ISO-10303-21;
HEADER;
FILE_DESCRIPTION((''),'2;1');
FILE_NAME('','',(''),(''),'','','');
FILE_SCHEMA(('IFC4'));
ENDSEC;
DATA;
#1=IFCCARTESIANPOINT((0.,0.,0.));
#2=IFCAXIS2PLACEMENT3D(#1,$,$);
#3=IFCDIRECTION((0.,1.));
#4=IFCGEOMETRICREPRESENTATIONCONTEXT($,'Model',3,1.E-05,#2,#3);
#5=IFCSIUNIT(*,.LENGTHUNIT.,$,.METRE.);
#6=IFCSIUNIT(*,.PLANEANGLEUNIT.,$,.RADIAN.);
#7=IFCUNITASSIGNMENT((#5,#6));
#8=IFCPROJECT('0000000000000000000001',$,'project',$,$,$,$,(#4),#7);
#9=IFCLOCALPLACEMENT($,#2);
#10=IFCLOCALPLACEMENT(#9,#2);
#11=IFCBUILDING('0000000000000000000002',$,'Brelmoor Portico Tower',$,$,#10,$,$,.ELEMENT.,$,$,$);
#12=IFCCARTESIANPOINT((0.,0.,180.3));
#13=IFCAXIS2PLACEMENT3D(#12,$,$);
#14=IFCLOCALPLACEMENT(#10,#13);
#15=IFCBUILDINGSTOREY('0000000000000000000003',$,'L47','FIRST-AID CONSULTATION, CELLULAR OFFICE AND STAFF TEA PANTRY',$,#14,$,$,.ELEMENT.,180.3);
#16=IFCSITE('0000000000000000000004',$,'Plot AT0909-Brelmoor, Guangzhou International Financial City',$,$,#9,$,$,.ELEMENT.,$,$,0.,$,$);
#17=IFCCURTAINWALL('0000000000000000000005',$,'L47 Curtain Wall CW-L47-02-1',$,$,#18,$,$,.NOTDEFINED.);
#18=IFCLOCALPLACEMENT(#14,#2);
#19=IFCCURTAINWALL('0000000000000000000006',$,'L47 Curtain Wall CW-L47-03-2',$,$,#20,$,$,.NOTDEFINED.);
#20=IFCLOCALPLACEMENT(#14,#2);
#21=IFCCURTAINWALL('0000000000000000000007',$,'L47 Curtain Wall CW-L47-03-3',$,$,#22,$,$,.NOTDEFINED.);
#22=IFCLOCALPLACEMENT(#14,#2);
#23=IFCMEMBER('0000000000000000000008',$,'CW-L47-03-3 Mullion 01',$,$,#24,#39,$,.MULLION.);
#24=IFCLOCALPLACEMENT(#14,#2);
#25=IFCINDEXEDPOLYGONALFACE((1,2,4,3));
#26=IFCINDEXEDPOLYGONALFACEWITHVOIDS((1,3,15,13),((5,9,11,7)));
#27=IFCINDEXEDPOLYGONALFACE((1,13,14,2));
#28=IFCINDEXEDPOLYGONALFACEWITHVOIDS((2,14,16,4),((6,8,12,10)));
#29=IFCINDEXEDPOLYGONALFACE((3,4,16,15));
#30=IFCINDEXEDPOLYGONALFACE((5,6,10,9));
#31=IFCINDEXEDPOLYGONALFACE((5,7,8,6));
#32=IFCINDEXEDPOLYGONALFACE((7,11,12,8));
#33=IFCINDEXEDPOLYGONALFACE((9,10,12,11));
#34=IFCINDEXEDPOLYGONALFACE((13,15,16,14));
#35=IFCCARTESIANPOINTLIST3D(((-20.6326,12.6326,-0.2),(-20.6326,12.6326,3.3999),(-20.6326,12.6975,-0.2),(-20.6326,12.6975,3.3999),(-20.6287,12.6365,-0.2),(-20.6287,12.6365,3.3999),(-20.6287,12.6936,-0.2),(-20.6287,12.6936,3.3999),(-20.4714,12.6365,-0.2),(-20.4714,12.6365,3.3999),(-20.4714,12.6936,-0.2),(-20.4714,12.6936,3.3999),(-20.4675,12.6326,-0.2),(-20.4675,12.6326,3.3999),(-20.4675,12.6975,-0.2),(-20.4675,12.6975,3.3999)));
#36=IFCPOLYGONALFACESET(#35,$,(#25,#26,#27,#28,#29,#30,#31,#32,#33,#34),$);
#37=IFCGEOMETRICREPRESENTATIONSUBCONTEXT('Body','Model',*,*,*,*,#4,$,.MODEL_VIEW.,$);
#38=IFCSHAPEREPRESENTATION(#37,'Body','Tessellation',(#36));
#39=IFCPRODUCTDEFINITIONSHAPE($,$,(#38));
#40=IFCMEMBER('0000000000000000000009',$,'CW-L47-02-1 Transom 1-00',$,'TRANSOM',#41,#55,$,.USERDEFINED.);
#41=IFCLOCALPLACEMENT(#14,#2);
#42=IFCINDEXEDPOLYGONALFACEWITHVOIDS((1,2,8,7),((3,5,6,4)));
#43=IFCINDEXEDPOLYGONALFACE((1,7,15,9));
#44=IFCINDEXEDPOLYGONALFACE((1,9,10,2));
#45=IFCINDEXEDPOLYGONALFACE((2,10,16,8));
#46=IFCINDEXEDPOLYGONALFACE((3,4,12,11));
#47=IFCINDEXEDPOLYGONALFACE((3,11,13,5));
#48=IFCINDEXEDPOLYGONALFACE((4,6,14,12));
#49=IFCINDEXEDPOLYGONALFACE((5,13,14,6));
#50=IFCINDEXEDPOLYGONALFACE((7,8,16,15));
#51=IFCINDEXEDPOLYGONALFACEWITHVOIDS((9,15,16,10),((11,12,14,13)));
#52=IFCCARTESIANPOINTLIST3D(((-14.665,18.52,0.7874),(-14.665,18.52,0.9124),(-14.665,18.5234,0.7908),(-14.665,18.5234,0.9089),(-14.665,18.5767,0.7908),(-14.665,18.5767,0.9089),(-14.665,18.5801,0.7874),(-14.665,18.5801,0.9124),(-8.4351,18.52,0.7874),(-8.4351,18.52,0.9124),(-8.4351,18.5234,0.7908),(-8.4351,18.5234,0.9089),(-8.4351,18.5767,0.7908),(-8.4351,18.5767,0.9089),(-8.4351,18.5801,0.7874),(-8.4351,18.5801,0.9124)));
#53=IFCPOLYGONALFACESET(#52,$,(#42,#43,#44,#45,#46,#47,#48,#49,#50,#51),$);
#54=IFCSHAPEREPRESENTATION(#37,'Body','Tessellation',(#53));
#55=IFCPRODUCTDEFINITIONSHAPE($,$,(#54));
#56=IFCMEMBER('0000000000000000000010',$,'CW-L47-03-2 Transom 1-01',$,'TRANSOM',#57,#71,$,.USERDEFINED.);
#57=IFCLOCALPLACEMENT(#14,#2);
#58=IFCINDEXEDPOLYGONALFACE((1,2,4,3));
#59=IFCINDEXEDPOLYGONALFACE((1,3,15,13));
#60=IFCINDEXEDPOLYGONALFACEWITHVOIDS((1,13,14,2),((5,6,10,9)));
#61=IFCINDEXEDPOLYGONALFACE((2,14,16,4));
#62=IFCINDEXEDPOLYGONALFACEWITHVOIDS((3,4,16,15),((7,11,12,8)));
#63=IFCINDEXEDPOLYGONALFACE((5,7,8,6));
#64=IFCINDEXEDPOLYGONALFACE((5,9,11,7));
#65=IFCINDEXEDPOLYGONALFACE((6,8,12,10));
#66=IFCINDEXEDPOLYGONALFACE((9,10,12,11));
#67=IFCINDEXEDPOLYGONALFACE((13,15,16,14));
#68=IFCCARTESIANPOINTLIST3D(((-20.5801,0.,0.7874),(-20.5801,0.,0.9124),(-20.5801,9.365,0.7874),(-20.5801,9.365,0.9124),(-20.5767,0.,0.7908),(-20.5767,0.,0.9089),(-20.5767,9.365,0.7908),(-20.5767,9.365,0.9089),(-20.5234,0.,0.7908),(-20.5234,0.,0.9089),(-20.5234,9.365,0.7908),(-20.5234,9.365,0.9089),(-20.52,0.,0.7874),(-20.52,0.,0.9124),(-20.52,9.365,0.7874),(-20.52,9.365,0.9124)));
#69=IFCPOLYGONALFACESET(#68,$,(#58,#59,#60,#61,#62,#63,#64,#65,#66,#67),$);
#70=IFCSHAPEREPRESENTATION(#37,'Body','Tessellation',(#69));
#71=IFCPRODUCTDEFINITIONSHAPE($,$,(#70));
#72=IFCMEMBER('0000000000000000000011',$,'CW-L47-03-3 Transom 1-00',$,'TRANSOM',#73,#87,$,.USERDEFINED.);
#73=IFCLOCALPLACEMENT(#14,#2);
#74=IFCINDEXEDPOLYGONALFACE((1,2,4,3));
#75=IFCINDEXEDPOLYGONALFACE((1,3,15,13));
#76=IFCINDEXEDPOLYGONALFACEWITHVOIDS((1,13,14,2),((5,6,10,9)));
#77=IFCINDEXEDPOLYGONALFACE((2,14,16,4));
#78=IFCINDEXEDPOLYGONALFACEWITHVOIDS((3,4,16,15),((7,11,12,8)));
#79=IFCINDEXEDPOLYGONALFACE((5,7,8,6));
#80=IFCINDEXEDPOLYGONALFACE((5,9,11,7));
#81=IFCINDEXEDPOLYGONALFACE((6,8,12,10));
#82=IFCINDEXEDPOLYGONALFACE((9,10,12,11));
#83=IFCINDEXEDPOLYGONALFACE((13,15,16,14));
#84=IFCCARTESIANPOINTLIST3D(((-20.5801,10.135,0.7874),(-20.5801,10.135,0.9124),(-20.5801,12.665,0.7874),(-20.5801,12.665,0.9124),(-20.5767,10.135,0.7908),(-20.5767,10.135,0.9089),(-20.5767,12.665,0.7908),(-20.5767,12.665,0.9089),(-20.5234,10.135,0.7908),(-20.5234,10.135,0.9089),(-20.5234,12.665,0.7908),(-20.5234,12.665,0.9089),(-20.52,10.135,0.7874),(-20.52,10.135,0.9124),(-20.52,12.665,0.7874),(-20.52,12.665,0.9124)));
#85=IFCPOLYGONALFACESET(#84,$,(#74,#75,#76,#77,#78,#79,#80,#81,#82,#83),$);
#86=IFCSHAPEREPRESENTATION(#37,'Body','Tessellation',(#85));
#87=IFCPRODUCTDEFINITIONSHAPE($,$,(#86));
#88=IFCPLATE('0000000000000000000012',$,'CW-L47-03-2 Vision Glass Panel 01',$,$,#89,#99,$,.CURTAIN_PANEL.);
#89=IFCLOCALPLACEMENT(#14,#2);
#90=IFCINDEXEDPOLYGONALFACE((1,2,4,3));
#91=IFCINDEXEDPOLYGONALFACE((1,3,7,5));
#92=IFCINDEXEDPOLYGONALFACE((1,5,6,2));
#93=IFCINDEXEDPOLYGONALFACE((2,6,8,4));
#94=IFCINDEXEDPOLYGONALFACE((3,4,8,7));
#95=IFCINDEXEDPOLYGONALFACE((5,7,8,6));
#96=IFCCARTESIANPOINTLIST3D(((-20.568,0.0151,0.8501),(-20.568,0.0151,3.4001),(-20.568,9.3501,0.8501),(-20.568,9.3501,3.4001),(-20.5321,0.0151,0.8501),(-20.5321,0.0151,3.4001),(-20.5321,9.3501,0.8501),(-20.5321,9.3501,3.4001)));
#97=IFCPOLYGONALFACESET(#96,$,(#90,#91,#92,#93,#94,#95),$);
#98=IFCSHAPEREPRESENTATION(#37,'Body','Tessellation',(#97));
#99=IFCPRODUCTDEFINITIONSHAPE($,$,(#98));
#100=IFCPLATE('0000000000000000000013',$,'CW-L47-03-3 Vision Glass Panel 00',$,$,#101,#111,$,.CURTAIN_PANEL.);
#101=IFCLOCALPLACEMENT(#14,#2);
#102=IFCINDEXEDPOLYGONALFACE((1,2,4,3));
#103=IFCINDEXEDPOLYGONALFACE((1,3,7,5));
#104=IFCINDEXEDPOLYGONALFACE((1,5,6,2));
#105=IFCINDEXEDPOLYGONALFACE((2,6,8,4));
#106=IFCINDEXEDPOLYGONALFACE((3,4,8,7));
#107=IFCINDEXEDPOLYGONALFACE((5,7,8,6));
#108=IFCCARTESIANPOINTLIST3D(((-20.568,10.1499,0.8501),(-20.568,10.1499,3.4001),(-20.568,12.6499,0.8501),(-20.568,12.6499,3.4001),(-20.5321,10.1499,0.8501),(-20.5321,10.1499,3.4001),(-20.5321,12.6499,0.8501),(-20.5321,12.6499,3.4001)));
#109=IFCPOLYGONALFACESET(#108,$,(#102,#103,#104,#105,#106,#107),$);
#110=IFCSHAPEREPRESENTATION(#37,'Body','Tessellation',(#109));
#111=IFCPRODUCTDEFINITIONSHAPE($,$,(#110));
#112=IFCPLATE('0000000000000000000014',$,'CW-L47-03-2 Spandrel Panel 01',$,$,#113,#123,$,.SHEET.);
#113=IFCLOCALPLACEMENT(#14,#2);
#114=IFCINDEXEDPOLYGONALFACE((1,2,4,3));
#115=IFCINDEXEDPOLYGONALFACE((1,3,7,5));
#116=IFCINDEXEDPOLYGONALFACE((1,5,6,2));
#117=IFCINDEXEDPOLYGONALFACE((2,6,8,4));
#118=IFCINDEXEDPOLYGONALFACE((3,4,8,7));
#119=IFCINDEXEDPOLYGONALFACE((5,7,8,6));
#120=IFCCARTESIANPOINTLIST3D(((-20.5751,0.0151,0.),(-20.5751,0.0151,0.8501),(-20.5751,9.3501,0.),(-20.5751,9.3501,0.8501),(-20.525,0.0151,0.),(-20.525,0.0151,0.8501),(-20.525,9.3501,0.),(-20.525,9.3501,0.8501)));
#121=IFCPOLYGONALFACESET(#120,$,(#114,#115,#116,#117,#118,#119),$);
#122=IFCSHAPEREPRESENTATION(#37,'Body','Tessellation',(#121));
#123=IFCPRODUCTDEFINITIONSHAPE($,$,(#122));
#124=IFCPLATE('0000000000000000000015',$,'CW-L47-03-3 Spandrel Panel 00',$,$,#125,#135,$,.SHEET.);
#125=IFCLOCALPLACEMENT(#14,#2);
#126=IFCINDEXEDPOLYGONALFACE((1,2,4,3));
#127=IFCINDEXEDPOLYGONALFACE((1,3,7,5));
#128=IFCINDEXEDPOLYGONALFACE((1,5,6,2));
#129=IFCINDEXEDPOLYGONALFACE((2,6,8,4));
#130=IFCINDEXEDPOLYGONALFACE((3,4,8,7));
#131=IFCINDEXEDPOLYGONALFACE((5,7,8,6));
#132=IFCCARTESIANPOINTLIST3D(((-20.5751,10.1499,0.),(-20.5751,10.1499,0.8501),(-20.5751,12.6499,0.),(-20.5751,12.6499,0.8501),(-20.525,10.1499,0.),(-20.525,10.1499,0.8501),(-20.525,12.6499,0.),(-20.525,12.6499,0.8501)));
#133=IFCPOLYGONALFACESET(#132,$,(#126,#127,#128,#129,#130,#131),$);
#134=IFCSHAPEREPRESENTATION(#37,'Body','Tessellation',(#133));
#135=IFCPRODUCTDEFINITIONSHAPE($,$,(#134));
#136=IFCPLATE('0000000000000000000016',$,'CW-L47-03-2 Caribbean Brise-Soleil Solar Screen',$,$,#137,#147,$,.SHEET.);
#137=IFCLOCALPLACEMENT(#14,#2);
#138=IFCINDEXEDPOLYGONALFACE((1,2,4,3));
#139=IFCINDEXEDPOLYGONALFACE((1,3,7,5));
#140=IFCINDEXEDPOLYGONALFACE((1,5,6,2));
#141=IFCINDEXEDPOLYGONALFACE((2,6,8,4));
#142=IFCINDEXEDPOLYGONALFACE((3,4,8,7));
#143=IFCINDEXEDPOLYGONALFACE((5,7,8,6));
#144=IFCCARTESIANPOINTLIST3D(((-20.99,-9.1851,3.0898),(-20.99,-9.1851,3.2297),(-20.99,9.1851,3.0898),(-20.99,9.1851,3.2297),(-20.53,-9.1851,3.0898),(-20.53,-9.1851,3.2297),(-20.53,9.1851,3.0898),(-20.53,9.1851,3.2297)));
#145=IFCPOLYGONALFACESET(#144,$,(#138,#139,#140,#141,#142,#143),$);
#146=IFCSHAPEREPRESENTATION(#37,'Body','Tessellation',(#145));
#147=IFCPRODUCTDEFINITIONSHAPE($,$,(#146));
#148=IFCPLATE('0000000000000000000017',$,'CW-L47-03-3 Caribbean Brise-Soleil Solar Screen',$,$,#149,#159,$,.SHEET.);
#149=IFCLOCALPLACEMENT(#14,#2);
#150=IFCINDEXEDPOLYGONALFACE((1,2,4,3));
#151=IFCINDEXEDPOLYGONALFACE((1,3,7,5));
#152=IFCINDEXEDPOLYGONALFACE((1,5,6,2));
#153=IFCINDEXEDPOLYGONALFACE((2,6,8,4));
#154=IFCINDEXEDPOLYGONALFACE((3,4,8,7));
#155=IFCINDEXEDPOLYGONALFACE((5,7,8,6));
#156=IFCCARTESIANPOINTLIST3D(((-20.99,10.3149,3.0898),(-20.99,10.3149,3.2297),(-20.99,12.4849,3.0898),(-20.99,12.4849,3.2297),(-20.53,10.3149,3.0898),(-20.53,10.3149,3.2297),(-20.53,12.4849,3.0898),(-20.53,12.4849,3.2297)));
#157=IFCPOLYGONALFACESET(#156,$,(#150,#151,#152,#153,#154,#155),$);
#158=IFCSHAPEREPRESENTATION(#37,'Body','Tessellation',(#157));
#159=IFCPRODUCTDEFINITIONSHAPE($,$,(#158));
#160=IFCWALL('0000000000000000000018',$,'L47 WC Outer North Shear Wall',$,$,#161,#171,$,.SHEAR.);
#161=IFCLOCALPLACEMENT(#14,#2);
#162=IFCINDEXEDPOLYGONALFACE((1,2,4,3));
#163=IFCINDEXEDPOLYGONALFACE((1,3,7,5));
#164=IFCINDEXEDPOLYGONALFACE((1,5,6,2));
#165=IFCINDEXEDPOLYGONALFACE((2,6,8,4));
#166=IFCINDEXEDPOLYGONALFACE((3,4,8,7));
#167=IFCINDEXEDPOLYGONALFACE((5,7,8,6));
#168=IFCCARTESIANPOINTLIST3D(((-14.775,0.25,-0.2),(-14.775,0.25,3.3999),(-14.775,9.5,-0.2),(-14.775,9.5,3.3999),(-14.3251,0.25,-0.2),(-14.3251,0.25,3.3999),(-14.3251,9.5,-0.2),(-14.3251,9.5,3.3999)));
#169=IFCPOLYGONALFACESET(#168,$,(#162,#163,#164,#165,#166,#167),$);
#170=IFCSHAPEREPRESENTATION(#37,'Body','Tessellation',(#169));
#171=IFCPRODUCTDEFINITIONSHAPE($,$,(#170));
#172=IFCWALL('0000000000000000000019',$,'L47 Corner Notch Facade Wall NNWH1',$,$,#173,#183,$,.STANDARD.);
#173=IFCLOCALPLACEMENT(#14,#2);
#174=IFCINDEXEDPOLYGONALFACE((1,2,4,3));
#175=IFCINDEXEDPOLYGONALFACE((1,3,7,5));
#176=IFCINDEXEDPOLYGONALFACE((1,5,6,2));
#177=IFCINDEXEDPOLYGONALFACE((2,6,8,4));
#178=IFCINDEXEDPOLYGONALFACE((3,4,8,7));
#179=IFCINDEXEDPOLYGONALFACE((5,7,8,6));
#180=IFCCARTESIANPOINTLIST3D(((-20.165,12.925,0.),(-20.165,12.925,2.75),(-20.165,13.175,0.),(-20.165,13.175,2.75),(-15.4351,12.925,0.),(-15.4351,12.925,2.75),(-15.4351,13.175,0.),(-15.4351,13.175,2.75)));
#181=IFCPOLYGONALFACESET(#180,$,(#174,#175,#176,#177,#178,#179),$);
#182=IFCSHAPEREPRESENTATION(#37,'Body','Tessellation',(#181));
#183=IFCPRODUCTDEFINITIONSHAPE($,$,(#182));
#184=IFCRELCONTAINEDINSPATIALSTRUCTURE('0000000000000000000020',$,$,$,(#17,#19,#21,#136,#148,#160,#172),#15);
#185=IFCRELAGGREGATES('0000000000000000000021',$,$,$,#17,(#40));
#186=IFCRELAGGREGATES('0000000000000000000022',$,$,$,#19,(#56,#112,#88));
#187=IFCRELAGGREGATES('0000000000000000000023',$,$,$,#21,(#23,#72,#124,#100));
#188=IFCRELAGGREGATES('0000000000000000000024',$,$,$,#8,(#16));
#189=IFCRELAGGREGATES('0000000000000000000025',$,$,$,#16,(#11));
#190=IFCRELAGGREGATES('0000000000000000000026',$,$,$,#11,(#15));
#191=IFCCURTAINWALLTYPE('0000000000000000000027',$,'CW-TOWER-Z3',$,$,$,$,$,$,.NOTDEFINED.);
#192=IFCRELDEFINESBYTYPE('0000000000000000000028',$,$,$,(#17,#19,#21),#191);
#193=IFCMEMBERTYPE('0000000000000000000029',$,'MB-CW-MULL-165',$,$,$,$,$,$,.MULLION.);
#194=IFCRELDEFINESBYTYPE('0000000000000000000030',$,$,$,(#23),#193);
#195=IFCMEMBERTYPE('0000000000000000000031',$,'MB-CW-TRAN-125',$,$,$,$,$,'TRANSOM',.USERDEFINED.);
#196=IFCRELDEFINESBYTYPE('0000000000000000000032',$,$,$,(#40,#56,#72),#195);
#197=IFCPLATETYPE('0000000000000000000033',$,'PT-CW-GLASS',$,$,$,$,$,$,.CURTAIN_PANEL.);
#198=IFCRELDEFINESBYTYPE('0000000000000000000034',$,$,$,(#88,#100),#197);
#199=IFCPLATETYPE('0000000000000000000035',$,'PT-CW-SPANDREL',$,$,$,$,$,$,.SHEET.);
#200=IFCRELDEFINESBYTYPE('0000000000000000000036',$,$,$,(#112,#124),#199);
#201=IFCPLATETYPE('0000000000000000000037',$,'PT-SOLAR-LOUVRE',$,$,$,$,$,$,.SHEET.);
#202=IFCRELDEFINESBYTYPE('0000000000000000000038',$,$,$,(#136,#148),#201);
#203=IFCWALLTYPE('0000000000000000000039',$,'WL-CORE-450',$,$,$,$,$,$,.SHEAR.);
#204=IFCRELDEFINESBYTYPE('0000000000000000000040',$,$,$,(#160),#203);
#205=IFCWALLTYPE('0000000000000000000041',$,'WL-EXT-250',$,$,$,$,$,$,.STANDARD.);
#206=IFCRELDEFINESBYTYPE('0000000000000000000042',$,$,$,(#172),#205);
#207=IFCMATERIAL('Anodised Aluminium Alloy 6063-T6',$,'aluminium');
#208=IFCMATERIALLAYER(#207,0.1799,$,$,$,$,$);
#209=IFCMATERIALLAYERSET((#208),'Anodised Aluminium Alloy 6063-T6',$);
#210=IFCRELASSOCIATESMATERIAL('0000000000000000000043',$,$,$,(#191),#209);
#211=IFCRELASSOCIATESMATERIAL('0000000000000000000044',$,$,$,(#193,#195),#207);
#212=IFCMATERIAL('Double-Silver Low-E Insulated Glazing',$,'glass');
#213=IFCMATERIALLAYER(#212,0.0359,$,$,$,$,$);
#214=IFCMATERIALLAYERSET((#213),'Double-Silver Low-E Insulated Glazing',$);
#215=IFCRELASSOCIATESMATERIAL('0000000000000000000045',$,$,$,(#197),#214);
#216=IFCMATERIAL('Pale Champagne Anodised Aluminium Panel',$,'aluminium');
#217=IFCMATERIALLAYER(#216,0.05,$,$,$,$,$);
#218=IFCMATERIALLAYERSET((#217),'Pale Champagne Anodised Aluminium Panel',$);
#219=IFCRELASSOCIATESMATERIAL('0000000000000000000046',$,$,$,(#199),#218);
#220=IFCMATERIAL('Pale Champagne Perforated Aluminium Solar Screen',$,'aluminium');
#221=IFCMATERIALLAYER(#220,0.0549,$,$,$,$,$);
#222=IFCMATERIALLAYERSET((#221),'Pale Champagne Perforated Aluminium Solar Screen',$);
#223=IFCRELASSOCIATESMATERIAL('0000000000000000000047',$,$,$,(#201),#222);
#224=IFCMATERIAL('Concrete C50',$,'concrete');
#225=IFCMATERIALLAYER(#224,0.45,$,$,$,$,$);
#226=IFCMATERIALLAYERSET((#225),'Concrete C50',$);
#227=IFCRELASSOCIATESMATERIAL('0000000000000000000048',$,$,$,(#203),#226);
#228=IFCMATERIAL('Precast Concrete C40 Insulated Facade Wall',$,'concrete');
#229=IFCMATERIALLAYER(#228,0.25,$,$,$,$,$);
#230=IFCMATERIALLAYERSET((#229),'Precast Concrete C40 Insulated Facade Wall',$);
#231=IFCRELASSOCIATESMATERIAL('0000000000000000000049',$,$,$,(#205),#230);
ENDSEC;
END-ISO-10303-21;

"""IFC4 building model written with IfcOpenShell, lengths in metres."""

from ifc_helpers import new_model, si_unit, direction, frame, frame_2d, origin, origin_2d, place, context, subcontext, project, spatial, rectangle, hollow_rectangle, extrude, material, layer, layer_set, material_profile, profile_set, type_object, element, aggregate, save


model = new_model("IFC4")

# Units and contexts
model_context = context("Model", 3, precision=1e-05, world=origin(), true_north=direction((0.0, 1.0)))
body_context = subcontext(model_context, "Body", "Model", "MODEL_VIEW")
ifc_project = project(units=[si_unit("LENGTHUNIT", "METRE"), si_unit("PLANEANGLEUNIT", "RADIAN")], contexts=[model_context])

# Site, building, storey
site_placement = place(None, origin())
site = spatial("IfcSite", under=ifc_project, at=site_placement, Name="Plot AT0909-Brelmoor, Guangzhou International Financial City", CompositionType="ELEMENT", RefElevation=0.0)
building_placement = place(site_placement, origin())
building = spatial("IfcBuilding", under=site, at=building_placement, Name="Brelmoor Portico Tower", CompositionType="ELEMENT")
storey_placement = place(building_placement, frame((0.0, 0.0, 180.3)))
storey = spatial("IfcBuildingStorey", under=building, at=storey_placement, Name="L47", Description="FIRST-AID CONSULTATION, CELLULAR OFFICE AND STAFF TEA PANTRY", CompositionType="ELEMENT", Elevation=180.3)

# Curtain wall
ifc_material_1 = material(Name="Anodised Aluminium Alloy 6063-T6", Category="aluminium")
ifc_layer_1 = layer(ifc_material_1, 0.1799)
ifc_layer_set_1 = layer_set([ifc_layer_1], Name="Anodised Aluminium Alloy 6063-T6")
curtain_wall_type = type_object("IfcCurtainWallType", Name="CW-TOWER-Z3", PredefinedType="NOTDEFINED", material=ifc_layer_set_1)
curtain_wall_1_placement = place(storey_placement, origin())
curtain_wall_1 = element("IfcCurtainWall", 1, at=curtain_wall_1_placement, inside=storey, type_object=curtain_wall_type, Name="L47 Curtain Wall CW-L47-02-1", PredefinedType="NOTDEFINED")
ifc_material_profile_1 = material_profile(ifc_material_1, hollow_rectangle(XDim=0.0649, YDim=0.165, WallThickness=0.0039, at=origin_2d()), Name="ALU MULLION 65x165")
ifc_profile_set_1 = profile_set([ifc_material_profile_1], Name="Anodised Aluminium Alloy 6063-T6")
member_type_1 = type_object("IfcMemberType", Name="MB-CW-MULL-165", PredefinedType="MULLION", material=ifc_profile_set_1)

# Curtain walls, member
curtain_wall_2_placement = place(storey_placement, origin())
curtain_wall_2 = element("IfcCurtainWall", 2, at=curtain_wall_2_placement, inside=storey, type_object=curtain_wall_type, Name="L47 Curtain Wall CW-L47-03-2", PredefinedType="NOTDEFINED")
curtain_wall_3_placement = place(storey_placement, origin())
curtain_wall_3 = element("IfcCurtainWall", 3, at=curtain_wall_3_placement, inside=storey, type_object=curtain_wall_type, Name="L47 Curtain Wall CW-L47-03-3", PredefinedType="NOTDEFINED")
member_1_placement = place(storey_placement, frame((-20.55, 12.665, -0.2), z_axis=(0.0, 0.0, 1.0), x_axis=(0.0, 1.0, 0.0)))
member_1 = element("IfcMember", 4, at=member_1_placement, type_object=member_type_1, Name="CW-L47-03-3 Mullion 01", PredefinedType="MULLION", context=body_context, shape_type="SweptSolid", body=[
    extrude(hollow_rectangle(XDim=0.0649, YDim=0.165, WallThickness=0.0039, at=origin_2d()), origin(), (0.0, 0.0, 1.0), 3.5999),
])

# Members
ifc_material_profile_2 = material_profile(ifc_material_1, hollow_rectangle(XDim=0.0601, YDim=0.125, WallThickness=0.0034, at=origin_2d()), Name="ALU TRANSOM 60x125")
ifc_profile_set_2 = profile_set([ifc_material_profile_2], Name="Anodised Aluminium Alloy 6063-T6")
member_type_2 = type_object("IfcMemberType", Name="MB-CW-TRAN-125", ElementType="TRANSOM", PredefinedType="USERDEFINED", material=ifc_profile_set_2)
member_2_placement = place(storey_placement, frame((-14.665, 18.55, 0.8499), z_axis=(1.0, 0.0, 0.0), x_axis=(0.0, 1.0, 0.0)))
member_2 = element("IfcMember", 5, at=member_2_placement, type_object=member_type_2, Name="CW-L47-02-1 Transom 1-00", ObjectType="TRANSOM", PredefinedType="USERDEFINED", context=body_context, shape_type="SweptSolid", body=[
    extrude(hollow_rectangle(XDim=0.0601, YDim=0.125, WallThickness=0.0034, at=origin_2d()), origin(), (0.0, 0.0, 1.0), 6.23),
])
aggregate(curtain_wall_1, [member_2])
member_3_placement = place(storey_placement, frame((-20.55, 0.0, 0.8499), z_axis=(0.0, 1.0, 0.0), x_axis=(-1.0, 0.0, 0.0)))
member_3 = element("IfcMember", 6, at=member_3_placement, type_object=member_type_2, Name="CW-L47-03-2 Transom 1-01", ObjectType="TRANSOM", PredefinedType="USERDEFINED", context=body_context, shape_type="SweptSolid", body=[
    extrude(hollow_rectangle(XDim=0.0601, YDim=0.125, WallThickness=0.0034, at=origin_2d()), origin(), (0.0, 0.0, 1.0), 9.365),
])
member_4_placement = place(storey_placement, frame((-20.55, 10.135, 0.8499), z_axis=(0.0, 1.0, 0.0), x_axis=(-1.0, 0.0, 0.0)))
member_4 = element("IfcMember", 7, at=member_4_placement, type_object=member_type_2, Name="CW-L47-03-3 Transom 1-00", ObjectType="TRANSOM", PredefinedType="USERDEFINED", context=body_context, shape_type="SweptSolid", body=[
    extrude(hollow_rectangle(XDim=0.0601, YDim=0.125, WallThickness=0.0034, at=origin_2d()), origin(), (0.0, 0.0, 1.0), 2.53),
])

# Plates
ifc_material_2 = material(Name="Double-Silver Low-E Insulated Glazing", Category="glass")
ifc_layer_2 = layer(ifc_material_2, 0.0359)
ifc_layer_set_2 = layer_set([ifc_layer_2], Name="Double-Silver Low-E Insulated Glazing")
plate_type_1 = type_object("IfcPlateType", Name="PT-CW-GLASS", PredefinedType="CURTAIN_PANEL", material=ifc_layer_set_2)
plate_1_placement = place(storey_placement, frame((-20.55, 4.6826, 0.8501), z_axis=(0.0, 0.0, 1.0), x_axis=(0.0, 1.0, 0.0)))
plate_1 = element("IfcPlate", 8, at=plate_1_placement, type_object=plate_type_1, Name="CW-L47-03-2 Vision Glass Panel 01", PredefinedType="CURTAIN_PANEL", context=body_context, shape_type="SweptSolid", body=[
    extrude(rectangle(XDim=9.335, YDim=0.0359, at=origin_2d()), origin(), (0.0, 0.0, 1.0), 2.55),
])
plate_2_placement = place(storey_placement, frame((-20.55, 11.3999, 0.8501), z_axis=(0.0, 0.0, 1.0), x_axis=(0.0, 1.0, 0.0)))
plate_2 = element("IfcPlate", 9, at=plate_2_placement, type_object=plate_type_1, Name="CW-L47-03-3 Vision Glass Panel 00", PredefinedType="CURTAIN_PANEL", context=body_context, shape_type="SweptSolid", body=[
    extrude(rectangle(XDim=2.5, YDim=0.0359, at=origin_2d()), origin(), (0.0, 0.0, 1.0), 2.55),
])
ifc_material_3 = material(Name="Pale Champagne Anodised Aluminium Panel", Category="aluminium")
ifc_layer_3 = layer(ifc_material_3, 0.05)
ifc_layer_set_3 = layer_set([ifc_layer_3], Name="Pale Champagne Anodised Aluminium Panel")
plate_type_2 = type_object("IfcPlateType", Name="PT-CW-SPANDREL", PredefinedType="SHEET", material=ifc_layer_set_3)
plate_3_placement = place(storey_placement, frame((-20.55, 4.6826, 0.0), z_axis=(0.0, 0.0, 1.0), x_axis=(0.0, 1.0, 0.0)))
plate_3 = element("IfcPlate", 10, at=plate_3_placement, type_object=plate_type_2, Name="CW-L47-03-2 Spandrel Panel 01", PredefinedType="SHEET", context=body_context, shape_type="SweptSolid", body=[
    extrude(rectangle(XDim=9.335, YDim=0.05, at=origin_2d()), origin(), (0.0, 0.0, 1.0), 0.8501),
])
aggregate(curtain_wall_2, [member_3, plate_3, plate_1])
plate_4_placement = place(storey_placement, frame((-20.55, 11.3999, 0.0), z_axis=(0.0, 0.0, 1.0), x_axis=(0.0, 1.0, 0.0)))
plate_4 = element("IfcPlate", 11, at=plate_4_placement, type_object=plate_type_2, Name="CW-L47-03-3 Spandrel Panel 00", PredefinedType="SHEET", context=body_context, shape_type="SweptSolid", body=[
    extrude(rectangle(XDim=2.5, YDim=0.05, at=origin_2d()), origin(), (0.0, 0.0, 1.0), 0.8501),
])
aggregate(curtain_wall_3, [member_1, member_4, plate_4, plate_2])

# Plates
ifc_material_4 = material(Name="Pale Champagne Perforated Aluminium Solar Screen", Category="aluminium")
ifc_layer_4 = layer(ifc_material_4, 0.0549)
ifc_layer_set_4 = layer_set([ifc_layer_4], Name="Pale Champagne Perforated Aluminium Solar Screen")
plate_type_3 = type_object("IfcPlateType", Name="PT-SOLAR-LOUVRE", PredefinedType="SHEET", material=ifc_layer_set_4)
plate_5_placement = place(storey_placement, frame((-20.76, 0.0, 3.0898), z_axis=(0.0, 0.0, 1.0), x_axis=(0.0, 1.0, 0.0)))
element("IfcPlate", 12, at=plate_5_placement, inside=storey, type_object=plate_type_3, Name="CW-L47-03-2 Caribbean Brise-Soleil Solar Screen", PredefinedType="SHEET", context=body_context, shape_type="SweptSolid", body=[
    extrude(rectangle(XDim=18.3701, YDim=0.46, at=origin_2d()), origin(), (0.0, 0.0, 1.0), 0.1399),
])
plate_6_placement = place(storey_placement, frame((-20.76, 11.3999, 3.0898), z_axis=(0.0, 0.0, 1.0), x_axis=(0.0, 1.0, 0.0)))
element("IfcPlate", 13, at=plate_6_placement, inside=storey, type_object=plate_type_3, Name="CW-L47-03-3 Caribbean Brise-Soleil Solar Screen", PredefinedType="SHEET", context=body_context, shape_type="SweptSolid", body=[
    extrude(rectangle(XDim=2.1699, YDim=0.46, at=origin_2d()), origin(), (0.0, 0.0, 1.0), 0.1399),
])

# Walls
ifc_material_5 = material(Name="Concrete C50", Category="concrete")
ifc_layer_5 = layer(ifc_material_5, 0.45)
ifc_layer_set_5 = layer_set([ifc_layer_5], Name="Concrete C50")
wall_type_1 = type_object("IfcWallType", Name="WL-CORE-450", PredefinedType="SHEAR", material=ifc_layer_set_5)
wall_1_placement = place(storey_placement, frame((-14.55, 0.25, -0.2), z_axis=(0.0, 0.0, 1.0), x_axis=(0.0, 1.0, 0.0)))
element("IfcWall", 14, at=wall_1_placement, inside=storey, type_object=wall_type_1, Name="L47 WC Outer North Shear Wall", PredefinedType="SHEAR", context=body_context, shape_type="SweptSolid", body=[
    extrude(rectangle(XDim=9.25, YDim=0.45, at=frame_2d((4.625, 0.0))), origin(), (0.0, 0.0, 1.0), 3.5999),
])
ifc_material_6 = material(Name="Precast Concrete C40 Insulated Facade Wall", Category="concrete")
ifc_layer_6 = layer(ifc_material_6, 0.25)
ifc_layer_set_6 = layer_set([ifc_layer_6], Name="Precast Concrete C40 Insulated Facade Wall")
wall_type_2 = type_object("IfcWallType", Name="WL-EXT-250", PredefinedType="STANDARD", material=ifc_layer_set_6)
for number, where, z_axis, x_axis, name in (
    (15, (-20.165, 13.05, 0.0), (0.0, 0.0, 1.0), (1.0, 0.0, 0.0), "L47 Corner Notch Facade Wall NNWH1"),
):
    element("IfcWall", number, at=place(storey_placement, frame(where, z_axis=z_axis, x_axis=x_axis)), inside=storey, type_object=wall_type_2, Name=name, PredefinedType="STANDARD", context=body_context, shape_type="SweptSolid", body=[
        extrude(rectangle(XDim=4.73, YDim=0.25, at=frame_2d((2.365, 0.0))), origin(), (0.0, 0.0, 1.0), 2.75),
    ])

save(model, "model.ifc")
